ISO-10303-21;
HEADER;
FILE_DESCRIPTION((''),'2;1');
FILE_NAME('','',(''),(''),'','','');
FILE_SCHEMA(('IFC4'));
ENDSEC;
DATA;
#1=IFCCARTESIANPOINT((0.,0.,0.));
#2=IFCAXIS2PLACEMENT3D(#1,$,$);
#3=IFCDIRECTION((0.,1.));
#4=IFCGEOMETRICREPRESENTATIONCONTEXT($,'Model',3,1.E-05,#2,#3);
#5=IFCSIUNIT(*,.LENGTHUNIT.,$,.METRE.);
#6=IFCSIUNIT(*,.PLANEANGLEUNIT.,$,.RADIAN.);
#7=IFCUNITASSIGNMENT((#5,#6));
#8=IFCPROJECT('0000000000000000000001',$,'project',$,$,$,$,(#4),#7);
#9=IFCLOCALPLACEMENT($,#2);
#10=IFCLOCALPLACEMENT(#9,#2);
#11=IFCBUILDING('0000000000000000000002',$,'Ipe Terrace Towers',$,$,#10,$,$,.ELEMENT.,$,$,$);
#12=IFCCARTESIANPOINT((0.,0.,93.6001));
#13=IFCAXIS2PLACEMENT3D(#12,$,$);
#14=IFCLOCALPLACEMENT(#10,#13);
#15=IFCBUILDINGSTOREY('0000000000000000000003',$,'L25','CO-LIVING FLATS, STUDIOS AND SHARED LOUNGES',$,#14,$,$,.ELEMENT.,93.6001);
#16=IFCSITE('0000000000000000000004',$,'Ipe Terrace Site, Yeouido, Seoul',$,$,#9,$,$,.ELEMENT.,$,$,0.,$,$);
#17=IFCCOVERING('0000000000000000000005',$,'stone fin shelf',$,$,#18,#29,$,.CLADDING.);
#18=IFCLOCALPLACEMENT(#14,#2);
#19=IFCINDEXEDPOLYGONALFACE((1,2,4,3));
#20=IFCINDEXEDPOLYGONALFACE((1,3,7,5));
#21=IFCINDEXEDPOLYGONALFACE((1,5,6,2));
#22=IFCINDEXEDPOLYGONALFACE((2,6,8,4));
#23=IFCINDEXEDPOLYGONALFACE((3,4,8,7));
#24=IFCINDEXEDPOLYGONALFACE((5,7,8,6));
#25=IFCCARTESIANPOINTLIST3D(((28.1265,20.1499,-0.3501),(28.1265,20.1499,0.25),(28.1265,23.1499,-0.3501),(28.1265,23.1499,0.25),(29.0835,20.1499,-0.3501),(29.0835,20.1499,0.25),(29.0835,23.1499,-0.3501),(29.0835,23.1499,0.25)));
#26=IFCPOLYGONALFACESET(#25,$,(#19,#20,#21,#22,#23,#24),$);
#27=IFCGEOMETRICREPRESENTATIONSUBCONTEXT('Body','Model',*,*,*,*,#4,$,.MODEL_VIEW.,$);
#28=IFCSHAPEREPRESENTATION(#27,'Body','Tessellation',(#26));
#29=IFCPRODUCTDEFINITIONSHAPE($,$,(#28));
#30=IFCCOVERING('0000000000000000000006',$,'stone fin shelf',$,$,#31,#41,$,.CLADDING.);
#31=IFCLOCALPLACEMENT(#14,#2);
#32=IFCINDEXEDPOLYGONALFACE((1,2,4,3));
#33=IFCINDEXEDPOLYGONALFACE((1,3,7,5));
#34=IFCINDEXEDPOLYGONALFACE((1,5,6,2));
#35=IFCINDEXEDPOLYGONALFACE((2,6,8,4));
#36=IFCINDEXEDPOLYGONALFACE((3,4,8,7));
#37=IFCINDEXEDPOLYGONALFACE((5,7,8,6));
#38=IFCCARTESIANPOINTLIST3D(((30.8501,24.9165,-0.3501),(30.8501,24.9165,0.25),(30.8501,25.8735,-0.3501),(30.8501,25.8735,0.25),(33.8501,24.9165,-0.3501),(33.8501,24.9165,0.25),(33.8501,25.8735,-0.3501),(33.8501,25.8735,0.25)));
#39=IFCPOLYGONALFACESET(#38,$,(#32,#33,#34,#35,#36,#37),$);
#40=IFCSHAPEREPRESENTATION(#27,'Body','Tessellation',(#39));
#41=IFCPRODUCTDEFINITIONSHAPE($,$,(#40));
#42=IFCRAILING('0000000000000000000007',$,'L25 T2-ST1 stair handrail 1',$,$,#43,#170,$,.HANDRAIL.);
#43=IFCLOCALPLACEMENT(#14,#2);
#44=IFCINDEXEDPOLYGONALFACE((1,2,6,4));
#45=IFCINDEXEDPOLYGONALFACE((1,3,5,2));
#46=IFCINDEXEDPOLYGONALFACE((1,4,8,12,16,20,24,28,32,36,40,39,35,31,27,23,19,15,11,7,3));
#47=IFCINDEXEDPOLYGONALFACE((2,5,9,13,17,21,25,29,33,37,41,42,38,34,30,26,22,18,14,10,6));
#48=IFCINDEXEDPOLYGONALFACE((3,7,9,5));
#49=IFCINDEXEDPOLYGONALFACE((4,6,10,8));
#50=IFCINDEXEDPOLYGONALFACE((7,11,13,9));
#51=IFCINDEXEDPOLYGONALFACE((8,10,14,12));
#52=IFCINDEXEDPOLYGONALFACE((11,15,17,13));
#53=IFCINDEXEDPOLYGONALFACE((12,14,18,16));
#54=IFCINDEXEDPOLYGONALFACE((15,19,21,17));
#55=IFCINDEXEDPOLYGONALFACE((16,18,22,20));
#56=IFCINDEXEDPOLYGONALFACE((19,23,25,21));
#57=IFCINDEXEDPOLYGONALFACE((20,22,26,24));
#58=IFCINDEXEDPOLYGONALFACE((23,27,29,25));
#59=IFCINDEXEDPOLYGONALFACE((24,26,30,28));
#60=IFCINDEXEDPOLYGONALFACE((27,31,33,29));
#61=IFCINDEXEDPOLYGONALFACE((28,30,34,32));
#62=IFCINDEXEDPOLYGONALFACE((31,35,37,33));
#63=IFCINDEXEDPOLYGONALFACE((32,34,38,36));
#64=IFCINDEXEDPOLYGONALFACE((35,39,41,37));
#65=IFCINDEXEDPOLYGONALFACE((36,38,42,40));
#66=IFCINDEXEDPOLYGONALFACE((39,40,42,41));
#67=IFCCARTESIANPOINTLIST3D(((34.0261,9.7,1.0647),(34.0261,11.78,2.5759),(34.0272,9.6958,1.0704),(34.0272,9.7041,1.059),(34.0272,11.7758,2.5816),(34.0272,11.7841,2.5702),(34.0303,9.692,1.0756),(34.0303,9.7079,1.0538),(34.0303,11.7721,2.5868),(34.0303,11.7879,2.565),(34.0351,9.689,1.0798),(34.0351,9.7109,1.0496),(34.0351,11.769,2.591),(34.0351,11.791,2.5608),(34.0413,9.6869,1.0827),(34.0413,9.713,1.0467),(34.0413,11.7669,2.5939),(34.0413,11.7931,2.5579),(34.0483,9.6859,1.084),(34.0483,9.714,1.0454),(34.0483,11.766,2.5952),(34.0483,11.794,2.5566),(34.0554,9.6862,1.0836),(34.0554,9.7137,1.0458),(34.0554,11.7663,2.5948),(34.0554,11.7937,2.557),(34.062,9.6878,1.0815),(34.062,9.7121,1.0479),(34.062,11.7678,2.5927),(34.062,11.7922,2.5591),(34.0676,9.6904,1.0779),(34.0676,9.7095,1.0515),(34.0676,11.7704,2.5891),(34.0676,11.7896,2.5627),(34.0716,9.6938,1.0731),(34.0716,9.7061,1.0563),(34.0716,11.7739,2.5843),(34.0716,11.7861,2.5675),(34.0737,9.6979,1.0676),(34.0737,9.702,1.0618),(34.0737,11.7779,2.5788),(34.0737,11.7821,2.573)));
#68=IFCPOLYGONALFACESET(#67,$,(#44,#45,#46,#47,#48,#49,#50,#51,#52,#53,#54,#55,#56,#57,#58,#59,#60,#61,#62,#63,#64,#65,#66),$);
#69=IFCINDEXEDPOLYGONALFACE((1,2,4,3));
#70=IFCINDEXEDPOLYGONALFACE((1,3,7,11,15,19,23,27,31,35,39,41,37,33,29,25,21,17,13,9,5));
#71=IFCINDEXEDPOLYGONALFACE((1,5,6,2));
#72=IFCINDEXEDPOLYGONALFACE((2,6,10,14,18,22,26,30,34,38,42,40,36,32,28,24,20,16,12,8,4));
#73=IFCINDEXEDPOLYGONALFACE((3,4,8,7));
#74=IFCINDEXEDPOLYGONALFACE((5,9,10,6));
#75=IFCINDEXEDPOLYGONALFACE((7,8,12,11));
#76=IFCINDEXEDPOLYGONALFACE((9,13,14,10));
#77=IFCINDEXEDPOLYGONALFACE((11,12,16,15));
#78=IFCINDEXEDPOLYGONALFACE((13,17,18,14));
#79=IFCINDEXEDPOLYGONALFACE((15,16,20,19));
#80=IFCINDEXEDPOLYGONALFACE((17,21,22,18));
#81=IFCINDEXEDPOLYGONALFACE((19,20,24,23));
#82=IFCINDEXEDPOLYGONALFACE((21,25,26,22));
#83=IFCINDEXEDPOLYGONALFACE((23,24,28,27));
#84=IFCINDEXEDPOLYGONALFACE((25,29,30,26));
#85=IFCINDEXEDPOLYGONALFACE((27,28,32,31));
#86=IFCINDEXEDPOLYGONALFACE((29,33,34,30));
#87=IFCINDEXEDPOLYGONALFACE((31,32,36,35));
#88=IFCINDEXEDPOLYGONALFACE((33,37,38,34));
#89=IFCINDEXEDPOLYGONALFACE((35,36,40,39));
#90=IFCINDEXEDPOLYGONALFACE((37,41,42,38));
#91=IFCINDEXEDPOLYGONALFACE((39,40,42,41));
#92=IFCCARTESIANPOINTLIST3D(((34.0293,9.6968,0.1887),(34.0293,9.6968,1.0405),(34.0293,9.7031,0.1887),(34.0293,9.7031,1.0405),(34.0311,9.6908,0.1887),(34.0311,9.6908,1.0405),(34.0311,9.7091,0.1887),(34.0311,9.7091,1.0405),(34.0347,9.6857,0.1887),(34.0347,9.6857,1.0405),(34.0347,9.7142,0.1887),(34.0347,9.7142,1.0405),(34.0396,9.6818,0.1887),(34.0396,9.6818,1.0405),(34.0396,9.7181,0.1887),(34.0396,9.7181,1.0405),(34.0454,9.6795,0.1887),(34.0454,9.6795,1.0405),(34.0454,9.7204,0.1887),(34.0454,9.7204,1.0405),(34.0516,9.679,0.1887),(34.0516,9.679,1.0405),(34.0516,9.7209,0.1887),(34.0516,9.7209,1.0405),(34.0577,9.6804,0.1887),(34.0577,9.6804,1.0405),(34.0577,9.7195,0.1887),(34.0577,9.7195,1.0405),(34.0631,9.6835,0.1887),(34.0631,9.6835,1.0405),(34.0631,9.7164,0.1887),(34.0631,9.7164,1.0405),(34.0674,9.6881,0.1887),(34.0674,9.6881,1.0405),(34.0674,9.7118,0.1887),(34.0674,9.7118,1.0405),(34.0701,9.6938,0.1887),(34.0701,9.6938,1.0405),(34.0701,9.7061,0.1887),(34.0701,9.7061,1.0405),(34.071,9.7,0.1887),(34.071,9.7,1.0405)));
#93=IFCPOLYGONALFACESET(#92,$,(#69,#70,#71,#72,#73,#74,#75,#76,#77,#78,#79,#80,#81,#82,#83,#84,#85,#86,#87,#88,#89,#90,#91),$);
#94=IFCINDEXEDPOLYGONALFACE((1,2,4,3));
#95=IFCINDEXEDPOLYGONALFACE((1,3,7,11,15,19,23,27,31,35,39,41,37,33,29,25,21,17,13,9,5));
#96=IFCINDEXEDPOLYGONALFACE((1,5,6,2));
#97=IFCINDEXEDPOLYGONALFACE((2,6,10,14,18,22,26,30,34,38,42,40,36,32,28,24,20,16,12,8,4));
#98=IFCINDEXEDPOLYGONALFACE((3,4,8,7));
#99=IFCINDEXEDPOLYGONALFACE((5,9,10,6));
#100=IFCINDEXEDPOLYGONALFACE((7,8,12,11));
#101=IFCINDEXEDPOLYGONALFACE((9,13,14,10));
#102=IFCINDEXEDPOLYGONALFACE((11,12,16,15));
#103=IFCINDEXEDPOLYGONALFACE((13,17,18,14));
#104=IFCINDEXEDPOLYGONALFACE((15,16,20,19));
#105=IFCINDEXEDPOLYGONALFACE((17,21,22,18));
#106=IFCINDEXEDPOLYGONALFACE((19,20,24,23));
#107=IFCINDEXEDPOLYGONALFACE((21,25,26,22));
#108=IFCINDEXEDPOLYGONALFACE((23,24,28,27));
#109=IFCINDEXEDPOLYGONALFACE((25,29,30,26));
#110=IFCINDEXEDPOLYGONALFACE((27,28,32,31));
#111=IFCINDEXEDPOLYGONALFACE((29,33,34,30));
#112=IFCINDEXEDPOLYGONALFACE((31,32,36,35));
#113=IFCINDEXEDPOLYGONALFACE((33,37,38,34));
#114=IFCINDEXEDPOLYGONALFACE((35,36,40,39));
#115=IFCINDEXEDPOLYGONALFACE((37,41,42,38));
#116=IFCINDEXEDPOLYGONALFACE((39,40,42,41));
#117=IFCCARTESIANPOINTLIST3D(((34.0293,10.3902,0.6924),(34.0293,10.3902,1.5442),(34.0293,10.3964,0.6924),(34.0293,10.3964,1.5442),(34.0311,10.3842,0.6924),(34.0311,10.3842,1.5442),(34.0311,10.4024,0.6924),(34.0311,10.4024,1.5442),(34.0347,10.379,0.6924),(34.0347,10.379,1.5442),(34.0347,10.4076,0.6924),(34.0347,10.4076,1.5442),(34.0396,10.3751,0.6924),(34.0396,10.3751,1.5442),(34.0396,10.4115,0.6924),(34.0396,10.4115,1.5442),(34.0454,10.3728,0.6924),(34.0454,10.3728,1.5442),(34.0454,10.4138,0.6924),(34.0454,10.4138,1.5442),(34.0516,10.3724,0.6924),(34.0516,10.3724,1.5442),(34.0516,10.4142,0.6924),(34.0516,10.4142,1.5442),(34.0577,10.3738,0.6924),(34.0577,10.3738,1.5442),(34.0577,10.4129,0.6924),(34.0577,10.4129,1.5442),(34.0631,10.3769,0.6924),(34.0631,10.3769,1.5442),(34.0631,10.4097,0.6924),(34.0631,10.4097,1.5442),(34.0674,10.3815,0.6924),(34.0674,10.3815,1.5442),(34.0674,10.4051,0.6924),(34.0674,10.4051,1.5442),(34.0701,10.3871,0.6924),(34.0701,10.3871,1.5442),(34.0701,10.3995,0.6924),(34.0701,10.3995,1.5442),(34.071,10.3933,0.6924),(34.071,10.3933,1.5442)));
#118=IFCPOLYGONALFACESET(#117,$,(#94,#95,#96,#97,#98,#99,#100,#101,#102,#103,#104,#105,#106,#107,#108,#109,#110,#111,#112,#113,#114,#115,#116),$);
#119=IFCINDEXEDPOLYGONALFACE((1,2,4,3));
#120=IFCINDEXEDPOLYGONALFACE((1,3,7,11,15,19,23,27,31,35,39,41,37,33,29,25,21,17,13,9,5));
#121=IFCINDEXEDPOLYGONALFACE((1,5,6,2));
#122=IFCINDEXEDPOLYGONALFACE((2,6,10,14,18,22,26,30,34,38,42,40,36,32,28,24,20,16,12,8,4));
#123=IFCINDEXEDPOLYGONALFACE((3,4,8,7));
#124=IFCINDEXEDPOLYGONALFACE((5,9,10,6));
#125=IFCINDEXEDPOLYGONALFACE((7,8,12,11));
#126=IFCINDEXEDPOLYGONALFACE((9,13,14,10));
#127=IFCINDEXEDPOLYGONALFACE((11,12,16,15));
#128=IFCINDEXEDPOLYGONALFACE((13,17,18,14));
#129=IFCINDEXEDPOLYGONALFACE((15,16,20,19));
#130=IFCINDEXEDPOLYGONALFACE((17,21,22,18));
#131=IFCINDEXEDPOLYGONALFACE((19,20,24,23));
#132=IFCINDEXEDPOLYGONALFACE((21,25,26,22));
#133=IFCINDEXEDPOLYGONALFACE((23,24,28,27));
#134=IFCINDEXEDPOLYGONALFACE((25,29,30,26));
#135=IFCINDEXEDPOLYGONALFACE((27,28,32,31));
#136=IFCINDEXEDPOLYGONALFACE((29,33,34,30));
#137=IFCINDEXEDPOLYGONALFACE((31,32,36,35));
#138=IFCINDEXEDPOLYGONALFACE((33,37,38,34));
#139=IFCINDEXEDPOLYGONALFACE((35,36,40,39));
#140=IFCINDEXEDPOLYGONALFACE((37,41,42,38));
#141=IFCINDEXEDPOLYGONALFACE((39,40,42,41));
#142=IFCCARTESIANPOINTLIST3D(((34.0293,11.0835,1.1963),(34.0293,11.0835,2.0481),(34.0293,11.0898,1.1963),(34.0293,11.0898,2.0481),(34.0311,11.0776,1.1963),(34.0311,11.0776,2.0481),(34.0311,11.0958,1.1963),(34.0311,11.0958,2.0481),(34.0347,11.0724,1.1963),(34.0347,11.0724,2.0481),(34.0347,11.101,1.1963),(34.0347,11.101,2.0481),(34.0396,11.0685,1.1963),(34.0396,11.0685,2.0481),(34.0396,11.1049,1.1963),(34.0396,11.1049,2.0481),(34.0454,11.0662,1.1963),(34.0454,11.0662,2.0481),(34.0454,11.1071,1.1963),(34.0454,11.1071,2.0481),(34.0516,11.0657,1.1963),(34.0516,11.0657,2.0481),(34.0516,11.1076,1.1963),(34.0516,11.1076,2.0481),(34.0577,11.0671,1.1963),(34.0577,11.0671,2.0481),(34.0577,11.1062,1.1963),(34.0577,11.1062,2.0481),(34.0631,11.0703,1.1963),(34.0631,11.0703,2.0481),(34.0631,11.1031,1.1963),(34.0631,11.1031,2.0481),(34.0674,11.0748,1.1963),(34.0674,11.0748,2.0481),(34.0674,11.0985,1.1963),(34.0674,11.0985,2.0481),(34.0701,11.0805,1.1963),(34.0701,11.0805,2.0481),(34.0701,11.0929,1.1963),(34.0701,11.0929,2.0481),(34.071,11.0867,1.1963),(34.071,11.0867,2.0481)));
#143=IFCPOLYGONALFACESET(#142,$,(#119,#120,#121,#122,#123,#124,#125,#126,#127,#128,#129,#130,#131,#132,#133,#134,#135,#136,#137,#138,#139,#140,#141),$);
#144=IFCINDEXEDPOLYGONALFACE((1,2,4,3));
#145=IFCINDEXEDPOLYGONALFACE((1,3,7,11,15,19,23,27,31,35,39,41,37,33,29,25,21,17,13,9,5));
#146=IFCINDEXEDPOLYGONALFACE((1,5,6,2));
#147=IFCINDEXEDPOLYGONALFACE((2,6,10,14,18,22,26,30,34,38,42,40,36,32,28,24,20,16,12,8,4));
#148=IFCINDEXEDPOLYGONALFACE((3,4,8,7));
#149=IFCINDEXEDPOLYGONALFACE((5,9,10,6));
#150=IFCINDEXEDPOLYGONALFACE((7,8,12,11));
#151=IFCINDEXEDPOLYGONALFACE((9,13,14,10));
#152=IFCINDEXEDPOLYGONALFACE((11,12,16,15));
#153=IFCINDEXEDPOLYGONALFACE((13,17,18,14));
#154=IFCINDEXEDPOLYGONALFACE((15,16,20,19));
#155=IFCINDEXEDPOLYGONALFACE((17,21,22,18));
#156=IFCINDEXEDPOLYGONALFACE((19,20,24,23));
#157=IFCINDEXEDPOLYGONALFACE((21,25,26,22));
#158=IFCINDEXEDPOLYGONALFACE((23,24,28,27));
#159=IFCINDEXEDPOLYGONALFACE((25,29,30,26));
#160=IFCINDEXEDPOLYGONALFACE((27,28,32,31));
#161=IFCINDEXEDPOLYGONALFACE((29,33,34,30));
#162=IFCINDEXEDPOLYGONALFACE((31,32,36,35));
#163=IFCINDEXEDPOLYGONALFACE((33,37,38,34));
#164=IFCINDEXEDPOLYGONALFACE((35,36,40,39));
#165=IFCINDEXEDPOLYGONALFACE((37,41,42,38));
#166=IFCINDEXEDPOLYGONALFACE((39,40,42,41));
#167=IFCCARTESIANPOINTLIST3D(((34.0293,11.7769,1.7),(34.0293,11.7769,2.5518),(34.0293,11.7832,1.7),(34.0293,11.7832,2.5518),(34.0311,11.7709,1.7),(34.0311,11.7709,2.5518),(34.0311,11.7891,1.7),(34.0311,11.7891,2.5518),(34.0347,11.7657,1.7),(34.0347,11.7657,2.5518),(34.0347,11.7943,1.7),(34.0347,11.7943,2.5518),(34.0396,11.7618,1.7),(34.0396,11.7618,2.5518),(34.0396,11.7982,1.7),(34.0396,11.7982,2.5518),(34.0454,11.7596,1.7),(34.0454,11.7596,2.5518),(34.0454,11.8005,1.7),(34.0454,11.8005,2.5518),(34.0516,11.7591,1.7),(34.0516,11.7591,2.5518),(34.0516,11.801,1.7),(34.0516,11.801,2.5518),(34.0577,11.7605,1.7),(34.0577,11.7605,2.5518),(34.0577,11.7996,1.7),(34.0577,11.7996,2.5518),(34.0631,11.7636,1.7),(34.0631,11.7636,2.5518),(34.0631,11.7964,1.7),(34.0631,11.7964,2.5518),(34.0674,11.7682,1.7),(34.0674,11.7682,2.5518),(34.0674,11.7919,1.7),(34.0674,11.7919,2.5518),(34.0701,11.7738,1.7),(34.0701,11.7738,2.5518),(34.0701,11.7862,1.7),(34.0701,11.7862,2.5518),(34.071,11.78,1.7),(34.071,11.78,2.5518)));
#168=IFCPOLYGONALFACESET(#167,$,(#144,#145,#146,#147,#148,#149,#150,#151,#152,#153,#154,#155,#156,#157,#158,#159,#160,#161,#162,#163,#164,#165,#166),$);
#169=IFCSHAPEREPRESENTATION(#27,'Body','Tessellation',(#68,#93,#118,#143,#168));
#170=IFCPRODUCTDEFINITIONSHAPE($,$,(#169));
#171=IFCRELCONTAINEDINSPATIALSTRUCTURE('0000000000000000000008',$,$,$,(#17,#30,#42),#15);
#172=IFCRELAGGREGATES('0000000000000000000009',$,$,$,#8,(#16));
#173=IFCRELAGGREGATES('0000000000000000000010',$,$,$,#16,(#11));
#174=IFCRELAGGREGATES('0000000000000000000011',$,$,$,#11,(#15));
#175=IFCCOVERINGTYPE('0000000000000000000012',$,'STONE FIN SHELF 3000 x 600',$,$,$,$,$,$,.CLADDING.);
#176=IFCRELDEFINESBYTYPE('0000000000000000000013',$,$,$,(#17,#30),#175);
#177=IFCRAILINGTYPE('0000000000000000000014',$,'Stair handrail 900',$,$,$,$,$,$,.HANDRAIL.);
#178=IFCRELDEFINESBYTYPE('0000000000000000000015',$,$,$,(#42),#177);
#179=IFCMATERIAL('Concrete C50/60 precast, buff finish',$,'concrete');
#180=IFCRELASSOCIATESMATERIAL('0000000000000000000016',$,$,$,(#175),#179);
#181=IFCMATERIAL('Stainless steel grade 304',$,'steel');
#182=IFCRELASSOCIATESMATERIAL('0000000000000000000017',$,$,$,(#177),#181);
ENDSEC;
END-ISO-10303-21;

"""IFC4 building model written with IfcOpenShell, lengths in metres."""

from ifc_helpers import new_model, si_unit, direction, frame, origin, origin_2d, place, context, subcontext, project, spatial, rectangle, circle, extrude, material, type_object, element, save


model = new_model("IFC4")

# Units and contexts
model_context = context("Model", 3, precision=1e-05, world=origin(), true_north=direction((0.0, 1.0)))
body_context = subcontext(model_context, "Body", "Model", "MODEL_VIEW")
ifc_project = project(units=[si_unit("LENGTHUNIT", "METRE"), si_unit("PLANEANGLEUNIT", "RADIAN")], contexts=[model_context])

# Site, building, storey
site_placement = place(None, origin())
site = spatial("IfcSite", under=ifc_project, at=site_placement, Name="Ipe Terrace Site, Yeouido, Seoul", CompositionType="ELEMENT", RefElevation=0.0)
building_placement = place(site_placement, origin())
building = spatial("IfcBuilding", under=site, at=building_placement, Name="Ipe Terrace Towers", CompositionType="ELEMENT")
storey_placement = place(building_placement, frame((0.0, 0.0, 93.6001)))
storey = spatial("IfcBuildingStorey", under=building, at=storey_placement, Name="L25", Description="CO-LIVING FLATS, STUDIOS AND SHARED LOUNGES", CompositionType="ELEMENT", Elevation=93.6001)

# Coverings
ifc_material_1 = material(Name="Concrete C50/60 precast, buff finish", Category="concrete")
covering_type_1 = type_object("IfcCoveringType", Name="STONE FIN SHELF 3000 x 600", PredefinedType="CLADDING", material=ifc_material_1)
for number, where, z_axis, x_axis, name in (
    (1, (28.605, 21.6499, -0.3501), (0.0, 0.0, 1.0), (0.0, -1.0, 0.0), "stone fin shelf"),
    (2, (32.3501, 25.395, -0.3501), (0.0, 0.0, 1.0), (-1.0, 0.0, 0.0), "stone fin shelf"),
):
    element("IfcCovering", number, at=place(storey_placement, frame(where, z_axis=z_axis, x_axis=x_axis)), inside=storey, type_object=covering_type_1, Name=name, PredefinedType="CLADDING", context=body_context, shape_type="SweptSolid", body=[
        extrude(rectangle(XDim=3.0, YDim=0.957, at=origin_2d()), origin(), (0.0, 0.0, 1.0), 0.6001),
    ])

# Railing
ifc_material_2 = material(Name="Stainless steel grade 304", Category="steel")
railing_type_1 = type_object("IfcRailingType", Name="Stair handrail 900", PredefinedType="HANDRAIL", material=ifc_material_2)
railing_1_placement = place(storey_placement, frame((34.05, 9.7, 0.1887)))
element("IfcRailing", 3, at=railing_1_placement, inside=storey, type_object=railing_type_1, Name="L25 T2-ST1 stair handrail 1", PredefinedType="HANDRAIL", context=body_context, shape_type="SweptSolid", body=[
    extrude(circle(Radius=0.0239, at=origin_2d()), frame((0.0, 0.0, 0.876), z_axis=(0.0, 0.809023, 0.587776), x_axis=(-1.0, 0.0, 0.0)), (0.0, 0.0, 1.0), 2.571),
    extrude(circle(Radius=0.021, at=origin_2d()), origin(), (0.0, 0.0, 1.0), 0.8518),
    extrude(circle(Radius=0.021, at=origin_2d()), frame((0.0, 0.6934, 0.5037)), (0.0, 0.0, 1.0), 0.8518),
    extrude(circle(Radius=0.021, at=origin_2d()), frame((0.0, 1.3867, 1.0076)), (0.0, 0.0, 1.0), 0.8518),
    extrude(circle(Radius=0.021, at=origin_2d()), frame((0.0, 2.0801, 1.5112)), (0.0, 0.0, 1.0), 0.8518),
])

save(model, "model.ifc")
